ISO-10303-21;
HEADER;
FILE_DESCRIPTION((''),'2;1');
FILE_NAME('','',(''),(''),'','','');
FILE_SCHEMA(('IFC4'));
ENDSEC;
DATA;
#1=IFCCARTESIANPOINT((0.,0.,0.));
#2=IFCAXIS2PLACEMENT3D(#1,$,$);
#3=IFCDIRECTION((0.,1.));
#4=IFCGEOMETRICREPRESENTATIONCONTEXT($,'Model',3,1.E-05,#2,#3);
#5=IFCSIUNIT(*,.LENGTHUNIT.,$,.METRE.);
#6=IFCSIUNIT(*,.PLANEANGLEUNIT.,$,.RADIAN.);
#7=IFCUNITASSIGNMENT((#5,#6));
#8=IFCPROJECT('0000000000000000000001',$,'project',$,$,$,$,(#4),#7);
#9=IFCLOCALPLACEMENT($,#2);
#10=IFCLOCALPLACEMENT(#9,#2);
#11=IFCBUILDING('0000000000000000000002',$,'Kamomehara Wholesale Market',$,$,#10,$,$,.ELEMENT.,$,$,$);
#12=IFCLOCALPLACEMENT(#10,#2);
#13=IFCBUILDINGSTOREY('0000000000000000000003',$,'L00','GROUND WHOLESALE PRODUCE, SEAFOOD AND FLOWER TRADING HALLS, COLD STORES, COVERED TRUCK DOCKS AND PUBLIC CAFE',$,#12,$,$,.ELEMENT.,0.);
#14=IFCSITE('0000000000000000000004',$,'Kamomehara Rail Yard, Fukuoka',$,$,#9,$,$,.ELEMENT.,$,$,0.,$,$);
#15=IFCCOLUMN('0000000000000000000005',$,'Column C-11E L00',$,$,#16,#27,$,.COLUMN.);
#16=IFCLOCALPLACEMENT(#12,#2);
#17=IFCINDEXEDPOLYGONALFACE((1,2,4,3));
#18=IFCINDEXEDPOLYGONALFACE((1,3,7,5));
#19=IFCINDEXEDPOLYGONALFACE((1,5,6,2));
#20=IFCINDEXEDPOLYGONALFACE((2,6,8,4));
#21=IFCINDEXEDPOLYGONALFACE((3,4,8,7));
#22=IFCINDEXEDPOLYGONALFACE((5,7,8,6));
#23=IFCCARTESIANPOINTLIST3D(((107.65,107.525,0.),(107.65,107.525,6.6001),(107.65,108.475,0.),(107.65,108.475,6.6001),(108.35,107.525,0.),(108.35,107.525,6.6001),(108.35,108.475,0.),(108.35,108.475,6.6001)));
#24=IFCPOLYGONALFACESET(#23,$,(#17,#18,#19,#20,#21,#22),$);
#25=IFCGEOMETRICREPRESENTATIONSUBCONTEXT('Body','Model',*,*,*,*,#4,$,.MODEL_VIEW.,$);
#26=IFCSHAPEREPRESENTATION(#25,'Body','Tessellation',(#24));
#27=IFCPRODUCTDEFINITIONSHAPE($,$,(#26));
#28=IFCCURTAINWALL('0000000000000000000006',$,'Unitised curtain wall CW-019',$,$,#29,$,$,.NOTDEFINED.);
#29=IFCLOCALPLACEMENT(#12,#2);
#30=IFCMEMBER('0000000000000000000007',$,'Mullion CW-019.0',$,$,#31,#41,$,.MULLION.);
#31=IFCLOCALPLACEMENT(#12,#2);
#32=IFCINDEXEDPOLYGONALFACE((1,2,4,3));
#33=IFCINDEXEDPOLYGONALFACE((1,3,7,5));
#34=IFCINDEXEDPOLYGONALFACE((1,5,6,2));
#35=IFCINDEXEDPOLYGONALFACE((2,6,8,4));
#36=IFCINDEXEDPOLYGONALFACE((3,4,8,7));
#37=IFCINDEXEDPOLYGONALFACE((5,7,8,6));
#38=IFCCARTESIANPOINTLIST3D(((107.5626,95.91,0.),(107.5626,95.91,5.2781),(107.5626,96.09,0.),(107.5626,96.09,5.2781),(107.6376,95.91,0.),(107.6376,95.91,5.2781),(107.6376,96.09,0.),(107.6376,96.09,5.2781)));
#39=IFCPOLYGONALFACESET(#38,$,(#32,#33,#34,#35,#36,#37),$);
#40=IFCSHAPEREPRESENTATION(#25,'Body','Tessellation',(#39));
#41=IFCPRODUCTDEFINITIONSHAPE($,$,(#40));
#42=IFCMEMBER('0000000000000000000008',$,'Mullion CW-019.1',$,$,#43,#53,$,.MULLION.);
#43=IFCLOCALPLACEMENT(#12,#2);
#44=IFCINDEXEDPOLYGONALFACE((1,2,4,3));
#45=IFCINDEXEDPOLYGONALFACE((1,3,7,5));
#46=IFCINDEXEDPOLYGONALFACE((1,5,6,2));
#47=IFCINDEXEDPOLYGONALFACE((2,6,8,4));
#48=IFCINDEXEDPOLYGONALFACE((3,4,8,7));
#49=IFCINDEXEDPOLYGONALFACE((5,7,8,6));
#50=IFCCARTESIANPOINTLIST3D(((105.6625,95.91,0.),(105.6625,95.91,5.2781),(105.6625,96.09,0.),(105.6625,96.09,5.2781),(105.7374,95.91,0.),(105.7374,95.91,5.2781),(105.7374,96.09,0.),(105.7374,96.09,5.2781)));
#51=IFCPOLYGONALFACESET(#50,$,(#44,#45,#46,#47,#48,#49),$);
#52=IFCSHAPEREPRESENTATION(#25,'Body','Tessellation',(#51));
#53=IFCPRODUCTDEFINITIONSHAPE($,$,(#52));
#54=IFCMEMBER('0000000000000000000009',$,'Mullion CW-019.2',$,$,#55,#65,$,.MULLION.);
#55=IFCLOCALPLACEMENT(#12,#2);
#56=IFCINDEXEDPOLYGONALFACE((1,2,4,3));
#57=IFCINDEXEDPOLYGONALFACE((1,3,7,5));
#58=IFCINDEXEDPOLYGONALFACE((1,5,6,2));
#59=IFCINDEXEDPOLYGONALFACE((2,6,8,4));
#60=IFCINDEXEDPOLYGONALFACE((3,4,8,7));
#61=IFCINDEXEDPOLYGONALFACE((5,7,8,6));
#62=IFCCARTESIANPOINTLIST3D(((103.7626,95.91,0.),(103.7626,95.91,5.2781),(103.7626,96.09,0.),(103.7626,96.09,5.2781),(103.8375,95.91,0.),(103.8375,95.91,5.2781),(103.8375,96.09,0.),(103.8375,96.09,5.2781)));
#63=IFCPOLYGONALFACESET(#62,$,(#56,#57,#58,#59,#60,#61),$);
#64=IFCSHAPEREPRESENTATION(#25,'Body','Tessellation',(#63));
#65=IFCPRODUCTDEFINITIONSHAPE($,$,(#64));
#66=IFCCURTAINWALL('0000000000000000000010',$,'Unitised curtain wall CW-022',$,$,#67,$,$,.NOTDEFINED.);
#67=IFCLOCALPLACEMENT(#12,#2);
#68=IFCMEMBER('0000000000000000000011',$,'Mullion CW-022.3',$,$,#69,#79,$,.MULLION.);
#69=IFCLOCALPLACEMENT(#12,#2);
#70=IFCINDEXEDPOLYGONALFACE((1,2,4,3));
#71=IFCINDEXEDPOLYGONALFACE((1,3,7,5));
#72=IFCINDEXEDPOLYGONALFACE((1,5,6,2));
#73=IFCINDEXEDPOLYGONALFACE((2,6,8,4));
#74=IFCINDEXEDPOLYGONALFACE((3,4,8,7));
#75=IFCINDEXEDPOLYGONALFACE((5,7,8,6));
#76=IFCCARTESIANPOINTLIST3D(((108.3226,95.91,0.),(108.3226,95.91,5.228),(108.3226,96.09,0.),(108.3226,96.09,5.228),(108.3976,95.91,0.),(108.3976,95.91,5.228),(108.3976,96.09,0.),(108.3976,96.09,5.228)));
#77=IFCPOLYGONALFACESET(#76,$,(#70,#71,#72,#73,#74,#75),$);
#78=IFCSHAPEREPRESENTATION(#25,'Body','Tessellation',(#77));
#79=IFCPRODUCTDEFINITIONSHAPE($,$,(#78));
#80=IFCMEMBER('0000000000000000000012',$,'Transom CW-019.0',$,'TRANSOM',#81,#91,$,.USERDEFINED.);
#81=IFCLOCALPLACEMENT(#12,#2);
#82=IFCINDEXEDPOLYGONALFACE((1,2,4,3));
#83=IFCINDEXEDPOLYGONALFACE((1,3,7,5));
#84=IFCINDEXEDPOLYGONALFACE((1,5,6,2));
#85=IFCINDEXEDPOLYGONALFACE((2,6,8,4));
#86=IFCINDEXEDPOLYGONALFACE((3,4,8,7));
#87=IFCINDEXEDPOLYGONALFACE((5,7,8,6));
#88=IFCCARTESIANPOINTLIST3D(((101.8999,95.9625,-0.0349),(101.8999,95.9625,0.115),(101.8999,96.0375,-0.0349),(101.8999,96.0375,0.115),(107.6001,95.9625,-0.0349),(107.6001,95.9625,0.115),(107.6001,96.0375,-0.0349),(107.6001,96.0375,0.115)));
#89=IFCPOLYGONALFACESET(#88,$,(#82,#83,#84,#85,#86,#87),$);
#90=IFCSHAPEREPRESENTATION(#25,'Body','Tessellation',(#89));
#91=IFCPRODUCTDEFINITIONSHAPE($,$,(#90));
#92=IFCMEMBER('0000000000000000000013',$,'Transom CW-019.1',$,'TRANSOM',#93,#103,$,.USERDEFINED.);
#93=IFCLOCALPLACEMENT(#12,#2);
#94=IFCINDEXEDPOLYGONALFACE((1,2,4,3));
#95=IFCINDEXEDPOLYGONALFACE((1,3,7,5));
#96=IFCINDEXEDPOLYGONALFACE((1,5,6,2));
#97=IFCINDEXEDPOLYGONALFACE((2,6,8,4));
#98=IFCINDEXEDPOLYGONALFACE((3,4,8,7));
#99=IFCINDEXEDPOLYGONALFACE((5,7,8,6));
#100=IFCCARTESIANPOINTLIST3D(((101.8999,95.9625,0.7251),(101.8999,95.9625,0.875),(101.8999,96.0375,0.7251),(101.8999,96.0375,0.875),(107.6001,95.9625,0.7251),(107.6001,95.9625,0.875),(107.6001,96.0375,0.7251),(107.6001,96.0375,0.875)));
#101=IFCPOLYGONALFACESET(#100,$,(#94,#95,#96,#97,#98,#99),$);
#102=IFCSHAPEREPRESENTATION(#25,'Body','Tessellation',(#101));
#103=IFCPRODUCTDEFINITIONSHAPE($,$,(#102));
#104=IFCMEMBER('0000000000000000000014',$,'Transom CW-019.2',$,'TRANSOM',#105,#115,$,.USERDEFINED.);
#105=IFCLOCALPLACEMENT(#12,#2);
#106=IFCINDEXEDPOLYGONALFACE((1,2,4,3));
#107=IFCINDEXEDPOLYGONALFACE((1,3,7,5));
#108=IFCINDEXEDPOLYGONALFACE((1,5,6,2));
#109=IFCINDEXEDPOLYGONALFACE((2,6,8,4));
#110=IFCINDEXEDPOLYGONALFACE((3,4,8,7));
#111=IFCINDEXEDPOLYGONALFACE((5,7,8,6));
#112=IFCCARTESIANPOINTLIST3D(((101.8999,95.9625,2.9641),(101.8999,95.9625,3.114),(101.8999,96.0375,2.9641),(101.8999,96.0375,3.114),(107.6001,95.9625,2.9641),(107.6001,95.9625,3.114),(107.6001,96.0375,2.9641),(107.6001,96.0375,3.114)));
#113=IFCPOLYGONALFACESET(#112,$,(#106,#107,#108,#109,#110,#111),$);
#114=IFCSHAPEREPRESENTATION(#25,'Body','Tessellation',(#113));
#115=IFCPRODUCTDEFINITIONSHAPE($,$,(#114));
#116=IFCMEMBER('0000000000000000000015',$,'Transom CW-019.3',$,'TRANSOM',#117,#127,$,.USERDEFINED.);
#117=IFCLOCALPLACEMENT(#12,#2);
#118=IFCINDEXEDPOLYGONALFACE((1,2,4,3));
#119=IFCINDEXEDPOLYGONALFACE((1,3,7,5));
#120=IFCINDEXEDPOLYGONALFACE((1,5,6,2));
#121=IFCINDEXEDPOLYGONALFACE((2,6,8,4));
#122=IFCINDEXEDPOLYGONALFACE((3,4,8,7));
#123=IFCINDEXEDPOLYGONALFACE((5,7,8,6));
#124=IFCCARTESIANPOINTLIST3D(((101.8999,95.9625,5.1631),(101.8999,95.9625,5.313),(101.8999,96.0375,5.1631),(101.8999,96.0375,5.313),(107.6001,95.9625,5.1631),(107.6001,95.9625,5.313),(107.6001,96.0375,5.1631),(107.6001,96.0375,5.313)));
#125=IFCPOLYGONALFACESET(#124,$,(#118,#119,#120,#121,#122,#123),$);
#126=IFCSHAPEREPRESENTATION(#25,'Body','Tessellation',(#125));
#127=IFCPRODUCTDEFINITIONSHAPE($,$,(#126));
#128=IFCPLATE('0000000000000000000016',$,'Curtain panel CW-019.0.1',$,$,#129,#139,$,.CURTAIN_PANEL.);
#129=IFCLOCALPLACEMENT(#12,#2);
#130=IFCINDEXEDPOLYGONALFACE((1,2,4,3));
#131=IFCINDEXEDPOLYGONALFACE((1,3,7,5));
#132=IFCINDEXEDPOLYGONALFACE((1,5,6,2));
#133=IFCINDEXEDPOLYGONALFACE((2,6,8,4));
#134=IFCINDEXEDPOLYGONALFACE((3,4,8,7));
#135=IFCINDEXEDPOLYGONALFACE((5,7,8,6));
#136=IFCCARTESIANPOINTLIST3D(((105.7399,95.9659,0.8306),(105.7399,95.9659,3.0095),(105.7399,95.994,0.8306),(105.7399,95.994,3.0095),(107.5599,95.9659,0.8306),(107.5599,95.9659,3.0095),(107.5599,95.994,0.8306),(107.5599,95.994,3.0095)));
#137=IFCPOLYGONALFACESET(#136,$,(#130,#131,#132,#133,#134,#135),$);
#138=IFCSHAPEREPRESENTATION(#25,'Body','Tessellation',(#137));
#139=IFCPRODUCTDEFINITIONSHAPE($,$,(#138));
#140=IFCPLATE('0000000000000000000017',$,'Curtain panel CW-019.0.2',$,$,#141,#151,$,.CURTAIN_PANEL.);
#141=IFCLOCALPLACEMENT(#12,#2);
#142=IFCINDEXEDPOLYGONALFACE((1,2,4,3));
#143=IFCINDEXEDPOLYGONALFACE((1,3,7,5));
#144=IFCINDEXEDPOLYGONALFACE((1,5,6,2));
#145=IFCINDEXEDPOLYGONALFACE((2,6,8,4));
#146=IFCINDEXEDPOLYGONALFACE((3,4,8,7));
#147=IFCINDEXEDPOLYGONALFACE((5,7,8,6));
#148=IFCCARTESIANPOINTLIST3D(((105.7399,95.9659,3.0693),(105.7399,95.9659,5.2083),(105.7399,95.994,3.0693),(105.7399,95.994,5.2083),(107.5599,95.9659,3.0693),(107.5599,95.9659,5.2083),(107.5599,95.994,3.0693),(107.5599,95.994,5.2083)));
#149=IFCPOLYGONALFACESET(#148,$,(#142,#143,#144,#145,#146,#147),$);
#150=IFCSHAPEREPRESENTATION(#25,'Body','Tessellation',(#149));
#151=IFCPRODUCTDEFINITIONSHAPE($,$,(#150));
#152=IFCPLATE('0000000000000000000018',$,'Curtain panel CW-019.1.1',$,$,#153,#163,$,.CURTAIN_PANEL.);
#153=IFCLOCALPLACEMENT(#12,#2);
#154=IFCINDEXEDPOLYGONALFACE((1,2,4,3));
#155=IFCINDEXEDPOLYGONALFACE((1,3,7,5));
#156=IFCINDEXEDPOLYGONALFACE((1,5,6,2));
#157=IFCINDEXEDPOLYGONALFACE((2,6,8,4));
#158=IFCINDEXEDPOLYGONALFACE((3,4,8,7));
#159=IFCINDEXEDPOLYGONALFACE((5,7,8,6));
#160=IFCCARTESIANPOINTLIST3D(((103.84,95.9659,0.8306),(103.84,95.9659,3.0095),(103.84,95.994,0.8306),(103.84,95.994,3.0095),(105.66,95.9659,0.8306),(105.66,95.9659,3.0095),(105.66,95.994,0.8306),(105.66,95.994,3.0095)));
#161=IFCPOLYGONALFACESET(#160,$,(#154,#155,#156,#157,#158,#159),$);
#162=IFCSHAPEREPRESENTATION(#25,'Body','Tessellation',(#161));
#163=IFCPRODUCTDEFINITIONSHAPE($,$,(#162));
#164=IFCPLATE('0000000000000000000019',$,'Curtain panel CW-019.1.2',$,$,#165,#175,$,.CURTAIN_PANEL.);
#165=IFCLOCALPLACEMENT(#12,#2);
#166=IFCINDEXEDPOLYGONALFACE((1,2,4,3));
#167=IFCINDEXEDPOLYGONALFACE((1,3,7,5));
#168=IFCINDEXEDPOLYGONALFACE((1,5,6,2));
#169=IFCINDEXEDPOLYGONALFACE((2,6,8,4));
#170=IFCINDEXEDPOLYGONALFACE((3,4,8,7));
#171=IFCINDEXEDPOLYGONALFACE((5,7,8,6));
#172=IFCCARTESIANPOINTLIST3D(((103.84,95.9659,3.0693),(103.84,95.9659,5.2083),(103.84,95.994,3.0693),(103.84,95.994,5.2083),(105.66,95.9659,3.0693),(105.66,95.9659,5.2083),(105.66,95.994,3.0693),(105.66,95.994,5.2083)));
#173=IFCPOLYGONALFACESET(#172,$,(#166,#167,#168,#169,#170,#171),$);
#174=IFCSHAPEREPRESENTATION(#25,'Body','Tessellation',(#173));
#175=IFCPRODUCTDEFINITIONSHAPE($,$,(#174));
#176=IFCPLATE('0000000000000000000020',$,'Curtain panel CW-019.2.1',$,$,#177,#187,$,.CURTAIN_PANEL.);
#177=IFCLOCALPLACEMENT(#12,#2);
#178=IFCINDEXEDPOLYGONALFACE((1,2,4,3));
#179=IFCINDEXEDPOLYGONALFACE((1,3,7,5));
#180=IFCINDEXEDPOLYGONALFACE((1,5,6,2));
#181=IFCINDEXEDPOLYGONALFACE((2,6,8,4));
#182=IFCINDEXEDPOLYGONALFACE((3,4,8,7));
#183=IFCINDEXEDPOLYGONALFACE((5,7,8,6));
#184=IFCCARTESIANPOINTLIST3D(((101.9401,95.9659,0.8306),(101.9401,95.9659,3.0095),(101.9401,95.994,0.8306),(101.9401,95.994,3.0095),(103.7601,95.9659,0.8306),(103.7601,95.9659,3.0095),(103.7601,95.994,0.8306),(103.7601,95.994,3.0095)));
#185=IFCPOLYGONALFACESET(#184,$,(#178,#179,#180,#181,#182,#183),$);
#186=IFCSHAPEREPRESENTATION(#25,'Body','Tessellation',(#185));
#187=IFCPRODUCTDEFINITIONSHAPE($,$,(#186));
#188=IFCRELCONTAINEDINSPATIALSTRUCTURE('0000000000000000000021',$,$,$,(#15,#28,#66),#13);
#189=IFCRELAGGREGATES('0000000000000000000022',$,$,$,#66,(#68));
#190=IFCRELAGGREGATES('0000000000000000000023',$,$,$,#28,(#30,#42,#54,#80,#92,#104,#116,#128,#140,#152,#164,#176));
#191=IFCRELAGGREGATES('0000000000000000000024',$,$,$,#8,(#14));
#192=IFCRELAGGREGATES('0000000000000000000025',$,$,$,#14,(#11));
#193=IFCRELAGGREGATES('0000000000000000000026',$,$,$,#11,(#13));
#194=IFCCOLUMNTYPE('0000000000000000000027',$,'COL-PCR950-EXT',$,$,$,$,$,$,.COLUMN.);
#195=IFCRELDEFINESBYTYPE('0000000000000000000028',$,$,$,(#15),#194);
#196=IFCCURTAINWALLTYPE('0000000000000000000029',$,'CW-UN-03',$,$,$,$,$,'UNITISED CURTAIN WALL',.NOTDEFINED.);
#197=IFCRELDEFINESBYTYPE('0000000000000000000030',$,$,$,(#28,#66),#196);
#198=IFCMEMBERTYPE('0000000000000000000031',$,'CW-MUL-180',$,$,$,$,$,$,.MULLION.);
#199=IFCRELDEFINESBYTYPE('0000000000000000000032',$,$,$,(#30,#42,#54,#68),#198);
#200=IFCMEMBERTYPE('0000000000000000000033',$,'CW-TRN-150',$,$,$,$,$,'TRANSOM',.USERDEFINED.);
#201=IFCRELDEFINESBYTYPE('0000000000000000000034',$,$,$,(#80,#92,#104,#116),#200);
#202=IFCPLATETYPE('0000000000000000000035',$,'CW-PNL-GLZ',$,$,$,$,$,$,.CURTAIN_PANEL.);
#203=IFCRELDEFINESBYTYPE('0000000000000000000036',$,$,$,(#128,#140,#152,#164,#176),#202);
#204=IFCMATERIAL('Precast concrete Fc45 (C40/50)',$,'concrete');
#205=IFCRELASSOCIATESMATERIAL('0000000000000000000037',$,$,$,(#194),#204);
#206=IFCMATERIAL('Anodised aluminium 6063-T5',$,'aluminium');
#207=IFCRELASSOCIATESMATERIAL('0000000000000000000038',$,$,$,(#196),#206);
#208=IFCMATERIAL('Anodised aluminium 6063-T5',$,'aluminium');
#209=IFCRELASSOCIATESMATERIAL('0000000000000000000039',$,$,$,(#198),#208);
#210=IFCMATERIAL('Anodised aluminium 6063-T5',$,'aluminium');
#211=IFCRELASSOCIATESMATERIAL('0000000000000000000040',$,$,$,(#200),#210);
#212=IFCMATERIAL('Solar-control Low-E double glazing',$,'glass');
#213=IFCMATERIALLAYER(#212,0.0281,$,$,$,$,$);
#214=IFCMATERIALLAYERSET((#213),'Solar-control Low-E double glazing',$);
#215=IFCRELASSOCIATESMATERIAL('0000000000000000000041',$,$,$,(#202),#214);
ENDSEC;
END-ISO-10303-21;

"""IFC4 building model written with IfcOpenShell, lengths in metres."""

from ifc_helpers import new_model, si_unit, direction, frame, origin, origin_2d, place, context, subcontext, project, spatial, rectangle, extrude, material, layer, layer_set, material_profile, profile_set, type_object, element, aggregate, save


model = new_model("IFC4")

# Units and contexts
model_context = context("Model", 3, precision=1e-05, world=origin(), true_north=direction((0.0, 1.0)))
body_context = subcontext(model_context, "Body", "Model", "MODEL_VIEW")
ifc_project = project(units=[si_unit("LENGTHUNIT", "METRE"), si_unit("PLANEANGLEUNIT", "RADIAN")], contexts=[model_context])

# Site, building, storey
site_placement = place(None, origin())
site = spatial("IfcSite", under=ifc_project, at=site_placement, Name="Kamomehara Rail Yard, Fukuoka", CompositionType="ELEMENT", RefElevation=0.0)
building_placement = place(site_placement, origin())
building = spatial("IfcBuilding", under=site, at=building_placement, Name="Kamomehara Wholesale Market", CompositionType="ELEMENT")
storey_placement = place(building_placement, origin())
storey = spatial("IfcBuildingStorey", under=building, at=storey_placement, Name="L00", Description="GROUND WHOLESALE PRODUCE, SEAFOOD AND FLOWER TRADING HALLS, COLD STORES, COVERED TRUCK DOCKS AND PUBLIC CAFE", CompositionType="ELEMENT", Elevation=0.0)

# Column
ifc_material_1 = material(Name="Precast concrete Fc45 (C40/50)", Category="concrete")
ifc_material_profile_1 = material_profile(ifc_material_1, rectangle(XDim=0.7, YDim=0.95, at=origin_2d()), Name="PC-COL-700x950")
ifc_profile_set_1 = profile_set([ifc_material_profile_1], Name="Precast concrete Fc45 (C40/50)")
column_type_1 = type_object("IfcColumnType", Name="COL-PCR950-EXT", PredefinedType="COLUMN", material=ifc_profile_set_1)
column_1_placement = place(storey_placement, frame((108.0, 108.0, 0.0), z_axis=(0.0, 0.0, 1.0), x_axis=(1.0, 0.0, 0.0)))
element("IfcColumn", 1, at=column_1_placement, inside=storey, type_object=column_type_1, Name="Column C-11E L00", PredefinedType="COLUMN", context=body_context, shape_type="SweptSolid", body=[
    extrude(rectangle(XDim=0.7, YDim=0.95, at=origin_2d()), origin(), (0.0, 0.0, 1.0), 6.6001),
])

# Curtain wall, members
ifc_material_2 = material(Name="Anodised aluminium 6063-T5", Category="aluminium")
curtain_wall_type = type_object("IfcCurtainWallType", Name="CW-UN-03", ElementType="UNITISED CURTAIN WALL", PredefinedType="NOTDEFINED", material=ifc_material_2)
curtain_wall_1_placement = place(storey_placement, origin())
curtain_wall_1 = element("IfcCurtainWall", 2, at=curtain_wall_1_placement, inside=storey, type_object=curtain_wall_type, Name="Unitised curtain wall CW-019", PredefinedType="NOTDEFINED")
ifc_material_3 = material(Name="Anodised aluminium 6063-T5", Category="aluminium")
ifc_material_profile_2 = material_profile(ifc_material_3, rectangle(XDim=0.075, YDim=0.1799, at=origin_2d()), Name="ALU-MUL-75x180")
ifc_profile_set_2 = profile_set([ifc_material_profile_2], Name="Anodised aluminium 6063-T5")
member_type_1 = type_object("IfcMemberType", Name="CW-MUL-180", PredefinedType="MULLION", material=ifc_profile_set_2)
member_1_placement = place(storey_placement, frame((107.6001, 96.0, 0.0), z_axis=(0.0, 0.0, 1.0), x_axis=(-1.0, 0.0, 0.0)))
member_1 = element("IfcMember", 3, at=member_1_placement, type_object=member_type_1, Name="Mullion CW-019.0", PredefinedType="MULLION", context=body_context, shape_type="SweptSolid", body=[
    extrude(rectangle(XDim=0.075, YDim=0.1799, at=origin_2d()), origin(), (0.0, 0.0, 1.0), 5.2781),
])
member_2_placement = place(storey_placement, frame((105.7, 96.0, 0.0), z_axis=(0.0, 0.0, 1.0), x_axis=(-1.0, 0.0, 0.0)))
member_2 = element("IfcMember", 4, at=member_2_placement, type_object=member_type_1, Name="Mullion CW-019.1", PredefinedType="MULLION", context=body_context, shape_type="SweptSolid", body=[
    extrude(rectangle(XDim=0.075, YDim=0.1799, at=origin_2d()), origin(), (0.0, 0.0, 1.0), 5.2781),
])
member_3_placement = place(storey_placement, frame((103.8, 96.0, 0.0), z_axis=(0.0, 0.0, 1.0), x_axis=(-1.0, 0.0, 0.0)))
member_3 = element("IfcMember", 5, at=member_3_placement, type_object=member_type_1, Name="Mullion CW-019.2", PredefinedType="MULLION", context=body_context, shape_type="SweptSolid", body=[
    extrude(rectangle(XDim=0.075, YDim=0.1799, at=origin_2d()), origin(), (0.0, 0.0, 1.0), 5.2781),
])

# Curtain wall, member
curtain_wall_2_placement = place(storey_placement, origin())
curtain_wall_2 = element("IfcCurtainWall", 6, at=curtain_wall_2_placement, inside=storey, type_object=curtain_wall_type, Name="Unitised curtain wall CW-022", PredefinedType="NOTDEFINED")
member_4_placement = place(storey_placement, frame((108.3601, 96.0, 0.0), z_axis=(0.0, 0.0, 1.0), x_axis=(-1.0, 0.0, 0.0)))
member_4 = element("IfcMember", 7, at=member_4_placement, type_object=member_type_1, Name="Mullion CW-022.3", PredefinedType="MULLION", context=body_context, shape_type="SweptSolid", body=[
    extrude(rectangle(XDim=0.075, YDim=0.1799, at=origin_2d()), origin(), (0.0, 0.0, 1.0), 5.228),
])
aggregate(curtain_wall_2, [member_4])

# Members
ifc_material_4 = material(Name="Anodised aluminium 6063-T5", Category="aluminium")
ifc_material_profile_3 = material_profile(ifc_material_4, rectangle(XDim=0.075, YDim=0.1499, at=origin_2d()), Name="ALU-TRN-75x150")
ifc_profile_set_3 = profile_set([ifc_material_profile_3], Name="Anodised aluminium 6063-T5")
member_type_2 = type_object("IfcMemberType", Name="CW-TRN-150", ElementType="TRANSOM", PredefinedType="USERDEFINED", material=ifc_profile_set_3)
member_5_placement = place(storey_placement, frame((107.6001, 96.0, 0.04), z_axis=(-1.0, 0.0, 0.0), x_axis=(0.0, -1.0, 0.0)))
member_5 = element("IfcMember", 8, at=member_5_placement, type_object=member_type_2, Name="Transom CW-019.0", ObjectType="TRANSOM", PredefinedType="USERDEFINED", context=body_context, shape_type="SweptSolid", body=[
    extrude(rectangle(XDim=0.075, YDim=0.1499, at=origin_2d()), origin(), (0.0, 0.0, 1.0), 5.7002),
])
member_6_placement = place(storey_placement, frame((107.6001, 96.0, 0.8), z_axis=(-1.0, 0.0, 0.0), x_axis=(0.0, -1.0, 0.0)))
member_6 = element("IfcMember", 9, at=member_6_placement, type_object=member_type_2, Name="Transom CW-019.1", ObjectType="TRANSOM", PredefinedType="USERDEFINED", context=body_context, shape_type="SweptSolid", body=[
    extrude(rectangle(XDim=0.075, YDim=0.1499, at=origin_2d()), origin(), (0.0, 0.0, 1.0), 5.7002),
])
member_7_placement = place(storey_placement, frame((107.6001, 96.0, 3.0391), z_axis=(-1.0, 0.0, 0.0), x_axis=(0.0, -1.0, 0.0)))
member_7 = element("IfcMember", 10, at=member_7_placement, type_object=member_type_2, Name="Transom CW-019.2", ObjectType="TRANSOM", PredefinedType="USERDEFINED", context=body_context, shape_type="SweptSolid", body=[
    extrude(rectangle(XDim=0.075, YDim=0.1499, at=origin_2d()), origin(), (0.0, 0.0, 1.0), 5.7002),
])
member_8_placement = place(storey_placement, frame((107.6001, 96.0, 5.238), z_axis=(-1.0, 0.0, 0.0), x_axis=(0.0, -1.0, 0.0)))
member_8 = element("IfcMember", 11, at=member_8_placement, type_object=member_type_2, Name="Transom CW-019.3", ObjectType="TRANSOM", PredefinedType="USERDEFINED", context=body_context, shape_type="SweptSolid", body=[
    extrude(rectangle(XDim=0.075, YDim=0.1499, at=origin_2d()), origin(), (0.0, 0.0, 1.0), 5.7002),
])

# Plates
ifc_material_5 = material(Name="Solar-control Low-E double glazing", Category="glass")
ifc_layer_1 = layer(ifc_material_5, 0.0281)
ifc_layer_set_1 = layer_set([ifc_layer_1], Name="Solar-control Low-E double glazing")
plate_type_1 = type_object("IfcPlateType", Name="CW-PNL-GLZ", PredefinedType="CURTAIN_PANEL", material=ifc_layer_set_1)
plate_1_placement = place(storey_placement, frame((106.6499, 95.98, 0.8306), z_axis=(0.0, 0.0, 1.0), x_axis=(-1.0, 0.0, 0.0)))
plate_1 = element("IfcPlate", 12, at=plate_1_placement, type_object=plate_type_1, Name="Curtain panel CW-019.0.1", PredefinedType="CURTAIN_PANEL", context=body_context, shape_type="SweptSolid", body=[
    extrude(rectangle(XDim=1.8201, YDim=0.0281, at=origin_2d()), origin(), (0.0, 0.0, 1.0), 2.179),
])
plate_2_placement = place(storey_placement, frame((106.6499, 95.98, 3.0693), z_axis=(0.0, 0.0, 1.0), x_axis=(-1.0, 0.0, 0.0)))
plate_2 = element("IfcPlate", 13, at=plate_2_placement, type_object=plate_type_1, Name="Curtain panel CW-019.0.2", PredefinedType="CURTAIN_PANEL", context=body_context, shape_type="SweptSolid", body=[
    extrude(rectangle(XDim=1.8201, YDim=0.0281, at=origin_2d()), origin(), (0.0, 0.0, 1.0), 2.1389),
])
plate_3_placement = place(storey_placement, frame((104.75, 95.98, 0.8306), z_axis=(0.0, 0.0, 1.0), x_axis=(-1.0, 0.0, 0.0)))
plate_3 = element("IfcPlate", 14, at=plate_3_placement, type_object=plate_type_1, Name="Curtain panel CW-019.1.1", PredefinedType="CURTAIN_PANEL", context=body_context, shape_type="SweptSolid", body=[
    extrude(rectangle(XDim=1.8201, YDim=0.0281, at=origin_2d()), origin(), (0.0, 0.0, 1.0), 2.179),
])
plate_4_placement = place(storey_placement, frame((104.75, 95.98, 3.0693), z_axis=(0.0, 0.0, 1.0), x_axis=(-1.0, 0.0, 0.0)))
plate_4 = element("IfcPlate", 15, at=plate_4_placement, type_object=plate_type_1, Name="Curtain panel CW-019.1.2", PredefinedType="CURTAIN_PANEL", context=body_context, shape_type="SweptSolid", body=[
    extrude(rectangle(XDim=1.8201, YDim=0.0281, at=origin_2d()), origin(), (0.0, 0.0, 1.0), 2.1389),
])
plate_5_placement = place(storey_placement, frame((102.8501, 95.98, 0.8306), z_axis=(0.0, 0.0, 1.0), x_axis=(-1.0, 0.0, 0.0)))
plate_5 = element("IfcPlate", 16, at=plate_5_placement, type_object=plate_type_1, Name="Curtain panel CW-019.2.1", PredefinedType="CURTAIN_PANEL", context=body_context, shape_type="SweptSolid", body=[
    extrude(rectangle(XDim=1.8201, YDim=0.0281, at=origin_2d()), origin(), (0.0, 0.0, 1.0), 2.179),
])
aggregate(curtain_wall_1, [member_1, member_2, member_3, member_5, member_6, member_7, member_8, plate_1, plate_2, plate_3, plate_4, plate_5])

save(model, "model.ifc")
